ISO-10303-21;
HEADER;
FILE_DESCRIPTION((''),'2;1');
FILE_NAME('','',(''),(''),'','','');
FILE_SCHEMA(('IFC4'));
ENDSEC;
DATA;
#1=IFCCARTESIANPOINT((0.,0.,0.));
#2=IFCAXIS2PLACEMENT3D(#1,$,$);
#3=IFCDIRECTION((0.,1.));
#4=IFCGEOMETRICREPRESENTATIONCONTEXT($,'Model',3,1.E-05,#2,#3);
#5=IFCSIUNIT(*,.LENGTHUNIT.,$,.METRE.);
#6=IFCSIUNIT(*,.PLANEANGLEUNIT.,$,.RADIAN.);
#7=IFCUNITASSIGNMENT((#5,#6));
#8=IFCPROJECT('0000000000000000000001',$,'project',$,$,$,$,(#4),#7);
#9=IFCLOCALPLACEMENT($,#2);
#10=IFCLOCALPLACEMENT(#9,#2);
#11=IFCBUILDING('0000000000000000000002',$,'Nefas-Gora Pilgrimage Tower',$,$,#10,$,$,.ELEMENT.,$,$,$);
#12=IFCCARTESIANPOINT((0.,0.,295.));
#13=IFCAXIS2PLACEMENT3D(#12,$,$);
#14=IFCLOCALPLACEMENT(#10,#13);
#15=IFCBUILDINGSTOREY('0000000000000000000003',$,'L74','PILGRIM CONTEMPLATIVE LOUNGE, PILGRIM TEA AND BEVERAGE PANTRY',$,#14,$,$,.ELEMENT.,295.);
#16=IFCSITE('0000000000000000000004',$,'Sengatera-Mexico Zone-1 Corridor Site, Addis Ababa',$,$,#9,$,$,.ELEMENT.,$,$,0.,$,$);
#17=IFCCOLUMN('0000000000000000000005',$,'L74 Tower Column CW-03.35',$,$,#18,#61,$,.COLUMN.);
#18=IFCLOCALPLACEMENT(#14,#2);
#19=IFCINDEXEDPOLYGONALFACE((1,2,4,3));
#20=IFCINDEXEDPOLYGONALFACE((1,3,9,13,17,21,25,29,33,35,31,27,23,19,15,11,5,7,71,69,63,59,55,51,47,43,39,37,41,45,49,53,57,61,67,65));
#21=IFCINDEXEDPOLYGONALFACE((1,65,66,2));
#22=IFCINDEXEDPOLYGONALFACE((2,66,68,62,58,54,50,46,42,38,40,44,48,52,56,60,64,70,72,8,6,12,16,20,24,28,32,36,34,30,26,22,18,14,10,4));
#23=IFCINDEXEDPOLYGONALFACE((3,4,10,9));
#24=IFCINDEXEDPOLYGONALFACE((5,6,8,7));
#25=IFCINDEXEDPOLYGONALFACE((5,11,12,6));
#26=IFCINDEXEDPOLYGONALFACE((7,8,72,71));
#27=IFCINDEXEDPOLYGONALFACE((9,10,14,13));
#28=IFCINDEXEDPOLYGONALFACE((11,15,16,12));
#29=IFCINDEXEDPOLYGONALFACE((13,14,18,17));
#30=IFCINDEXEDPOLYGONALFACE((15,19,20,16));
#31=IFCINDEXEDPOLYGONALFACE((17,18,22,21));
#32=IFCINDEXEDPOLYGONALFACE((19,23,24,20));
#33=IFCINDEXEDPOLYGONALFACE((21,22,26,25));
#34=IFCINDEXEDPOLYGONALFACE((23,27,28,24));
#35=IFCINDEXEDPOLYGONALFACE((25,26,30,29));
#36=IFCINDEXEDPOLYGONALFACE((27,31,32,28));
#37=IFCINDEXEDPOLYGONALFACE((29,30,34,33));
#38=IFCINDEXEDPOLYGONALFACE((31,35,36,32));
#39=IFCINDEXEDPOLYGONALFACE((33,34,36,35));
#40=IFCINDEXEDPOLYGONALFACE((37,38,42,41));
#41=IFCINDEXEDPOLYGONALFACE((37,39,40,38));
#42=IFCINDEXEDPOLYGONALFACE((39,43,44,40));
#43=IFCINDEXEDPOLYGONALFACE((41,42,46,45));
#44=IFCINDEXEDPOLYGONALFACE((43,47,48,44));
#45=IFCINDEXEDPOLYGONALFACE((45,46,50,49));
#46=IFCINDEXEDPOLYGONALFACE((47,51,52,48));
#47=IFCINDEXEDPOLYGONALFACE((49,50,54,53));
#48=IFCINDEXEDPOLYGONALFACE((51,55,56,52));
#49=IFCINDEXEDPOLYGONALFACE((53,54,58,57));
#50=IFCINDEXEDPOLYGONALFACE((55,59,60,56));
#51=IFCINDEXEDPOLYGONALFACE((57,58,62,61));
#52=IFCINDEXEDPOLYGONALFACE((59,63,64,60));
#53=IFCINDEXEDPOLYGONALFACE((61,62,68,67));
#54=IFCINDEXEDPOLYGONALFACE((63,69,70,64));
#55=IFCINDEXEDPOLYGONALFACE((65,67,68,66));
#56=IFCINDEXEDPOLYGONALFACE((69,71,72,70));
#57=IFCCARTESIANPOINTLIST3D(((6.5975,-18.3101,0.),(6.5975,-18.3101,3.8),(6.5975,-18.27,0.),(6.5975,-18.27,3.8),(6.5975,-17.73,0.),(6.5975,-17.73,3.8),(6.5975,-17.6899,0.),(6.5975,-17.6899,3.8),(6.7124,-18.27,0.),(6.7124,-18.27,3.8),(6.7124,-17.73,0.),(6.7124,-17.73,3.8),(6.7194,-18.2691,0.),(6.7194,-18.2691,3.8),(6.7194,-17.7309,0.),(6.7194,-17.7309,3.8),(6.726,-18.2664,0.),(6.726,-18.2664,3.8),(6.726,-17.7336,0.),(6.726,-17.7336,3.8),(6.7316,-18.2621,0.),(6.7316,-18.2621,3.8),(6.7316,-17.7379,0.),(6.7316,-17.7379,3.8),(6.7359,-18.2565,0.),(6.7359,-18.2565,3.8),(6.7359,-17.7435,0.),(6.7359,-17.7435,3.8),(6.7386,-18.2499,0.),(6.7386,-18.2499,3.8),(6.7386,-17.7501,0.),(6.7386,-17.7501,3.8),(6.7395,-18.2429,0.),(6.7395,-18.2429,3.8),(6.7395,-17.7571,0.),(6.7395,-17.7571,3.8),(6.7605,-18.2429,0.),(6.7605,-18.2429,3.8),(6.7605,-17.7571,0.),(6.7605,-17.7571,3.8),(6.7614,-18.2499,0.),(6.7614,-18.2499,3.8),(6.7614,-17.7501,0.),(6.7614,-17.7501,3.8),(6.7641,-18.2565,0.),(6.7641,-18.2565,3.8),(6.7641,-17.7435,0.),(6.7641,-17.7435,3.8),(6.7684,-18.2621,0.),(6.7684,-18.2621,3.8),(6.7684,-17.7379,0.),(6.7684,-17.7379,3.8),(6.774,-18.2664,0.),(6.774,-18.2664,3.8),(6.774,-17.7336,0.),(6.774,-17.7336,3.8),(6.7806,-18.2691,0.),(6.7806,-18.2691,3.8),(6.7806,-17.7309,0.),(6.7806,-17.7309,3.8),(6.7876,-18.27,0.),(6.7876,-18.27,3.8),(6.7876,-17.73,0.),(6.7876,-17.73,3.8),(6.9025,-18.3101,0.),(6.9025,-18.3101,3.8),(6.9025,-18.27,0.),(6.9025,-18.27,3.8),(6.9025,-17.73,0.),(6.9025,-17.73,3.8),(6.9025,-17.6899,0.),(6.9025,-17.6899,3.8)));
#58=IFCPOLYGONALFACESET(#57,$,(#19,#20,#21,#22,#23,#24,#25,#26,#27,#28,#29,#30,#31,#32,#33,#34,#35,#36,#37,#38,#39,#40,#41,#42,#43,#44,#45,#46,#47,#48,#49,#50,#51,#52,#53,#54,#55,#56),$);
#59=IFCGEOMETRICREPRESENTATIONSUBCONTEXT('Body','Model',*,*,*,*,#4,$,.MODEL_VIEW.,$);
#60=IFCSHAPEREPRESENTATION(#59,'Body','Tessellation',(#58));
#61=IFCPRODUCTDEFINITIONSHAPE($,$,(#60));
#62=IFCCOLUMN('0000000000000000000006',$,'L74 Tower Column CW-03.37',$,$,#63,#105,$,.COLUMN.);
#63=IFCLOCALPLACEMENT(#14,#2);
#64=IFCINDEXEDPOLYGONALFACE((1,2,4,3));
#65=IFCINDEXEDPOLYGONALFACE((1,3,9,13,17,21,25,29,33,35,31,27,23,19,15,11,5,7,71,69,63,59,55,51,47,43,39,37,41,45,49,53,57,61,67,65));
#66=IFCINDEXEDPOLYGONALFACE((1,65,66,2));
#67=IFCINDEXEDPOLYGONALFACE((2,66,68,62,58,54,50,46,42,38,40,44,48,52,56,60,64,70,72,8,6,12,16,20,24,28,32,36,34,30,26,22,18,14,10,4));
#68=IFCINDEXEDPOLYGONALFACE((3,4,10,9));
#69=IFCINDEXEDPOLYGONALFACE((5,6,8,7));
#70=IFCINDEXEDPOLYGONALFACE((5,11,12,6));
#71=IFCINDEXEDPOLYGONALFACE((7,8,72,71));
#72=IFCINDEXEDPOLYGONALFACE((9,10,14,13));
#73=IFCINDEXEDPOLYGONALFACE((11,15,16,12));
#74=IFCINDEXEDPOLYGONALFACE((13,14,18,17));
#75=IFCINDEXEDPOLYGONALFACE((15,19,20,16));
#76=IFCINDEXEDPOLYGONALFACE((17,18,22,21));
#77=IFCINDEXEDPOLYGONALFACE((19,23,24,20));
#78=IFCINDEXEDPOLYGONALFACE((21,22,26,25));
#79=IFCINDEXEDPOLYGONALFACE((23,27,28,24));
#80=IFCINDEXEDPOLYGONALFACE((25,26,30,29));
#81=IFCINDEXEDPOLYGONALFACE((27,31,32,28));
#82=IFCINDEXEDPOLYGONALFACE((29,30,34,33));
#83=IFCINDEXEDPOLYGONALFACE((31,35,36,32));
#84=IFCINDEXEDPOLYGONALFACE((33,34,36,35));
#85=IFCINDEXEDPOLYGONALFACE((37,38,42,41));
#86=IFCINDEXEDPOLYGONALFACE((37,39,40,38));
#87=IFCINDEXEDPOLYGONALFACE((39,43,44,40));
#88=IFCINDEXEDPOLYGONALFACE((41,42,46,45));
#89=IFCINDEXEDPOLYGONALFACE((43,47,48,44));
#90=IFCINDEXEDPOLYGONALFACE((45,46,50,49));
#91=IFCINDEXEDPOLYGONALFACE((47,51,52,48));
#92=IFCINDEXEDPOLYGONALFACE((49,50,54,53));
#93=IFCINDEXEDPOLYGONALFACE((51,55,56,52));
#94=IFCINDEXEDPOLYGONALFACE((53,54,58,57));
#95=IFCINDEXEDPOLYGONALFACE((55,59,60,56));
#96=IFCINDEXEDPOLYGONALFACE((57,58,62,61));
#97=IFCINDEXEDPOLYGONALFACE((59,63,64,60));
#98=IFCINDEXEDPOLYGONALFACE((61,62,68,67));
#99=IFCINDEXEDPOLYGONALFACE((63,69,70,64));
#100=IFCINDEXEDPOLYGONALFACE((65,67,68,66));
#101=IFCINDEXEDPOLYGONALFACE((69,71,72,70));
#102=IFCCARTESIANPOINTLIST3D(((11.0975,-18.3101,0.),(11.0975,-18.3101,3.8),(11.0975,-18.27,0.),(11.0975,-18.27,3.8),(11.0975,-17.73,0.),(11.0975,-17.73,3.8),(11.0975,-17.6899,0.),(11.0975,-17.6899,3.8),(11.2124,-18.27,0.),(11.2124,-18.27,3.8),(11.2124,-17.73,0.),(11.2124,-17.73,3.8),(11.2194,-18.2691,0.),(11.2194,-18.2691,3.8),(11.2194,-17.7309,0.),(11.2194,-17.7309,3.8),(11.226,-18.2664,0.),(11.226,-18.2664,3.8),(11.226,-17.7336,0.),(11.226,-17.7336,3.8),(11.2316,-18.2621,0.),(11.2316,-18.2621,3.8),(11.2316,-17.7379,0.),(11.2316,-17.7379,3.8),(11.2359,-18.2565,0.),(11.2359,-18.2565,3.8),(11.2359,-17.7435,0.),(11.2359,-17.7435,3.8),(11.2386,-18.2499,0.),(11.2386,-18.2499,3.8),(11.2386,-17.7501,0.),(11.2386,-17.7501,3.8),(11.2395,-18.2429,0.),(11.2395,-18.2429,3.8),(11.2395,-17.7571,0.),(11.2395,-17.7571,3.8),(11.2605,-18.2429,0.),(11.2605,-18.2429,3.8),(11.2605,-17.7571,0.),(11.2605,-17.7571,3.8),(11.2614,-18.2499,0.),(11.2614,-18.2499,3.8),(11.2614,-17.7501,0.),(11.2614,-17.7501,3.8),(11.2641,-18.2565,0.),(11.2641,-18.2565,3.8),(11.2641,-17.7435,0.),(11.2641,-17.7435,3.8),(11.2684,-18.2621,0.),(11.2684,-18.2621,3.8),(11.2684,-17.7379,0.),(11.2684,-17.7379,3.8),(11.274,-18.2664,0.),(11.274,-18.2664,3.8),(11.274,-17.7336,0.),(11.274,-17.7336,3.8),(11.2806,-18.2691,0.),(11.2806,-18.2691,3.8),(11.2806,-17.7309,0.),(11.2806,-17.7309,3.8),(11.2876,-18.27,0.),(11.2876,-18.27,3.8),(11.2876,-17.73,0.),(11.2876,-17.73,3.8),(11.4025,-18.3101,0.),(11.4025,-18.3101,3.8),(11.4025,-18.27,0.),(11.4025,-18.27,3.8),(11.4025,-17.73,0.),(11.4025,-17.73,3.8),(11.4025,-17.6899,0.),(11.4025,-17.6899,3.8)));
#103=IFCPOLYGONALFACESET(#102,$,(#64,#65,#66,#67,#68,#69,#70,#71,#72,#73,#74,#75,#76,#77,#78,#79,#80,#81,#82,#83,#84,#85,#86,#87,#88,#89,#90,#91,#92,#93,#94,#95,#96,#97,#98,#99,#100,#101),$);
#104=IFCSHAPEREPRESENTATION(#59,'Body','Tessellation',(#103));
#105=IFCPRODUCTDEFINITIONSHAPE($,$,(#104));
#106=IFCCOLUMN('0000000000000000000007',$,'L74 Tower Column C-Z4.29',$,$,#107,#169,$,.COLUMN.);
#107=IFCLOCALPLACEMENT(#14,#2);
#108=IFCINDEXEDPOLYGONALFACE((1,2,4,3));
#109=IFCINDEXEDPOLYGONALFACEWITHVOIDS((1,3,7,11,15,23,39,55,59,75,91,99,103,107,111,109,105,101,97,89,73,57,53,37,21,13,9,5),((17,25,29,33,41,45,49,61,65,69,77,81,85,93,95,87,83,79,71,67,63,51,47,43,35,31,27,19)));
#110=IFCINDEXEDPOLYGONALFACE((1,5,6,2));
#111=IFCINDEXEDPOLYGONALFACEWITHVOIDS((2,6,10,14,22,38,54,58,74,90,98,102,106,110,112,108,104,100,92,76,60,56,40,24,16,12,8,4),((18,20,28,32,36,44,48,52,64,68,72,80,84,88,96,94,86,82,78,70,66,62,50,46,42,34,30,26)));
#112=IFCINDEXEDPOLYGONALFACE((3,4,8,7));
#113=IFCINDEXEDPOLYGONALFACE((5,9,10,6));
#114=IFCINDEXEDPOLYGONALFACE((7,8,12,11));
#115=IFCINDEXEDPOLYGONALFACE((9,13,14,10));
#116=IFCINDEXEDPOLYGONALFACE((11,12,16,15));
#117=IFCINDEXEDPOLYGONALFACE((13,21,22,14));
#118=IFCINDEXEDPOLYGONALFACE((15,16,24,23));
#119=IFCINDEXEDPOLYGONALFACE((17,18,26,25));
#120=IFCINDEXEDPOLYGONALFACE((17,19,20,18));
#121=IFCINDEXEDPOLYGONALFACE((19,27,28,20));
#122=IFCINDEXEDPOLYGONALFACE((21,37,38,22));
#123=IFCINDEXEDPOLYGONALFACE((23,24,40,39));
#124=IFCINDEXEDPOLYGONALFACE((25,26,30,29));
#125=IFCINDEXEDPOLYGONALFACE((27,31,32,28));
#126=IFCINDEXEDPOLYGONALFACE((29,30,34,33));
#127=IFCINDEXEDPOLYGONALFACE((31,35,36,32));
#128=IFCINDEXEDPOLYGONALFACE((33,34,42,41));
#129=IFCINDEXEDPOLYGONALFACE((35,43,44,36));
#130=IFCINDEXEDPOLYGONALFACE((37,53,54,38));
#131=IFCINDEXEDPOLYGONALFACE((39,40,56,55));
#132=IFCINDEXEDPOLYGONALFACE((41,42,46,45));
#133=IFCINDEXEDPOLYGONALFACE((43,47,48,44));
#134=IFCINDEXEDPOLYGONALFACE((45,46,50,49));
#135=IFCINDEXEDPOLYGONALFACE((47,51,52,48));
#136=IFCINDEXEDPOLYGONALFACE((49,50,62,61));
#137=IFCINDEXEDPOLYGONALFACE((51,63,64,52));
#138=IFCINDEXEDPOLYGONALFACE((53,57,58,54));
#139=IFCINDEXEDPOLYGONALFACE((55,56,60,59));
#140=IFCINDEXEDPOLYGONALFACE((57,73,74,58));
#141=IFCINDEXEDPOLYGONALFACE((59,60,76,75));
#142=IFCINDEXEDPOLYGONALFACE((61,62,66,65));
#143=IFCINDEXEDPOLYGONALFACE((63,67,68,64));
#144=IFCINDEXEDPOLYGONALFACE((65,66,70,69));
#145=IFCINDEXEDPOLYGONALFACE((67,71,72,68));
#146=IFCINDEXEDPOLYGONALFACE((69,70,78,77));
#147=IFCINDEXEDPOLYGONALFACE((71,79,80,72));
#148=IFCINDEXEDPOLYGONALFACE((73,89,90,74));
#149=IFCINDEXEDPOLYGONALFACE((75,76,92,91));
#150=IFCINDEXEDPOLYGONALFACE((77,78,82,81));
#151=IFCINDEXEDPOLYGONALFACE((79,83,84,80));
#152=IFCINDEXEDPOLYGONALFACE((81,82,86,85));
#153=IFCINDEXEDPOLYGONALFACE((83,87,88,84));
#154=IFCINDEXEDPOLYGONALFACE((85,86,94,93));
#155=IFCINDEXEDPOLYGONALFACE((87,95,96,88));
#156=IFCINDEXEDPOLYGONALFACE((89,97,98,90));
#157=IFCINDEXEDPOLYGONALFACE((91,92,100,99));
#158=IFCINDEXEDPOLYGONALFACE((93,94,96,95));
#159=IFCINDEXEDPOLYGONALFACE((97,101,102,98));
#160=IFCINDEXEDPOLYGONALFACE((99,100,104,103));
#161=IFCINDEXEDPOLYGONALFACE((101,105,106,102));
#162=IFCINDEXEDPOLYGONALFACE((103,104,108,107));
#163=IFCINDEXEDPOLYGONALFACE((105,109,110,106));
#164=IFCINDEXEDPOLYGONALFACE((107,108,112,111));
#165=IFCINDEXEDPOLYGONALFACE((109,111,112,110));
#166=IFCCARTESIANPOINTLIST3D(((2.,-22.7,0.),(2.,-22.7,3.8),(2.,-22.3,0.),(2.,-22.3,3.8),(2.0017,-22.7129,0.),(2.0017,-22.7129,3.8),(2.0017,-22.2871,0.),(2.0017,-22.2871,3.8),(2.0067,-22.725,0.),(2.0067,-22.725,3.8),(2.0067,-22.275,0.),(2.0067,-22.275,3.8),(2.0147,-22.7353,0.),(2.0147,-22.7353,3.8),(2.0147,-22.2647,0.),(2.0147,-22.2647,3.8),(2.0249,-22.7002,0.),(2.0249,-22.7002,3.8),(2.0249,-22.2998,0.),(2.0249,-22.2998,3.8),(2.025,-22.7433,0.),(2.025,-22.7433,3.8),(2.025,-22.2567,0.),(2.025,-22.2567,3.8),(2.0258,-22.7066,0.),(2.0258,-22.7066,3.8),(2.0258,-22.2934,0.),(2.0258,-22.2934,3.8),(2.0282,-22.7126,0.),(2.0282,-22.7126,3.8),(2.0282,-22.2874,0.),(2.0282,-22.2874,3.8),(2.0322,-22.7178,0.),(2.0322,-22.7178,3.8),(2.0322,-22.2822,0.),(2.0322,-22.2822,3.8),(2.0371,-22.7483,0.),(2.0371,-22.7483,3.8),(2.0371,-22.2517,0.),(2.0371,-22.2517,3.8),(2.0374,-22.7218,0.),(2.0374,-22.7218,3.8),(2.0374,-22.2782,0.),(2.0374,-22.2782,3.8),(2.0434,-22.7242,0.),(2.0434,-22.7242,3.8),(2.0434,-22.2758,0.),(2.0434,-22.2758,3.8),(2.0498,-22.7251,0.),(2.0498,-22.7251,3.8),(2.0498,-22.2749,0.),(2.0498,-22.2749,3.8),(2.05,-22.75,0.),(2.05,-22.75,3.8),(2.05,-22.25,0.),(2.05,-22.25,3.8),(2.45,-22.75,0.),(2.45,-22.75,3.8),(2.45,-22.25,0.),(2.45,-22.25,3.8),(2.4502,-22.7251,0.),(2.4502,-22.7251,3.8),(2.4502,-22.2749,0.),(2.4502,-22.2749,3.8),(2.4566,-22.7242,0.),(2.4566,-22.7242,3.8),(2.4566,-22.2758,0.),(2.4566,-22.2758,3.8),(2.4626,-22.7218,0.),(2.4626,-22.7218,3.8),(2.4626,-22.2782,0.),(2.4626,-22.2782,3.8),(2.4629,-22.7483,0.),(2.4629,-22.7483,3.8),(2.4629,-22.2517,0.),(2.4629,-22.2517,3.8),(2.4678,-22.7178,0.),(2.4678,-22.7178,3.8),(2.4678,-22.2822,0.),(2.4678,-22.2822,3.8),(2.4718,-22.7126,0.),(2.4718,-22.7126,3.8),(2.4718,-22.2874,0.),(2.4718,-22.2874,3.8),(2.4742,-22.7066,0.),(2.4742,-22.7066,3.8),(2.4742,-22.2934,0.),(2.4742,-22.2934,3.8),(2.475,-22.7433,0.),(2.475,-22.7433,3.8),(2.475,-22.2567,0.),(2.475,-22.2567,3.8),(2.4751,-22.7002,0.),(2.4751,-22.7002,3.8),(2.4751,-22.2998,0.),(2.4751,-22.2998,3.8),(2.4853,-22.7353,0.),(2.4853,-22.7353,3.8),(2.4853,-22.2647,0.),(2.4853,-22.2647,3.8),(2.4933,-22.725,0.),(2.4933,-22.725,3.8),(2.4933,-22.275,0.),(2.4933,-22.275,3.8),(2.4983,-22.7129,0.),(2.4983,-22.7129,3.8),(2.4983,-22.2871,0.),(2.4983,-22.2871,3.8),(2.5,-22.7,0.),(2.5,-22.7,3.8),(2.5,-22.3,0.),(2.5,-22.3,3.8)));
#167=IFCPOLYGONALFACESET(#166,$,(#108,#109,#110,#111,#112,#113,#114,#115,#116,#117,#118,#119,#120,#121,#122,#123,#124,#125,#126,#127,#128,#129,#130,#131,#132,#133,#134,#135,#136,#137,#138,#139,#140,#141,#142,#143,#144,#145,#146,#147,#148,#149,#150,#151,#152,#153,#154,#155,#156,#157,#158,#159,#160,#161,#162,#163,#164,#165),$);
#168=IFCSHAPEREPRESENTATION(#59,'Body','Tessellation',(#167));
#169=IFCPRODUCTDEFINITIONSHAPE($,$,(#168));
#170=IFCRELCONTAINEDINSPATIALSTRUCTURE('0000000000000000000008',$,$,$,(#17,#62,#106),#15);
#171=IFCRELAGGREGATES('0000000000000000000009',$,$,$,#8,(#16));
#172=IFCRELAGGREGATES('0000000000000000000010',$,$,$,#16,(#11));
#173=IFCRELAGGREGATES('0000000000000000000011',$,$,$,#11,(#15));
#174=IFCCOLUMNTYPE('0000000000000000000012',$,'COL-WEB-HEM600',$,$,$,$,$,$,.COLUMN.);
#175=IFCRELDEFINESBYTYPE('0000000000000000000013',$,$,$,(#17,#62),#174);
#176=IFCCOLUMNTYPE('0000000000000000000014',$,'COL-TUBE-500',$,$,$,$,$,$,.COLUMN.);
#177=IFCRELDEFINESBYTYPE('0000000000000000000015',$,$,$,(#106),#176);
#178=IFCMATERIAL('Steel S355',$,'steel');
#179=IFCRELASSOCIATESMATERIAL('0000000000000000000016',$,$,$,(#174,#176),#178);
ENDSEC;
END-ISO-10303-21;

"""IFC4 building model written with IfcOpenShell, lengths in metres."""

from ifc_helpers import new_model, si_unit, direction, frame, origin, origin_2d, place, context, subcontext, project, spatial, hollow_rectangle, i_section, extrude, source, transform, mapped, material, material_profile, profile_set, type_object, element, save


model = new_model("IFC4")

# Units and contexts
model_context = context("Model", 3, precision=1e-05, world=origin(), true_north=direction((0.0, 1.0)))
body_context = subcontext(model_context, "Body", "Model", "MODEL_VIEW")
ifc_project = project(units=[si_unit("LENGTHUNIT", "METRE"), si_unit("PLANEANGLEUNIT", "RADIAN")], contexts=[model_context])

# Site, building, storey
site_placement = place(None, origin())
site = spatial("IfcSite", under=ifc_project, at=site_placement, Name="Sengatera-Mexico Zone-1 Corridor Site, Addis Ababa", CompositionType="ELEMENT", RefElevation=0.0)
building_placement = place(site_placement, origin())
building = spatial("IfcBuilding", under=site, at=building_placement, Name="Nefas-Gora Pilgrimage Tower", CompositionType="ELEMENT")
storey_placement = place(building_placement, frame((0.0, 0.0, 295.0)))
storey = spatial("IfcBuildingStorey", under=building, at=storey_placement, Name="L74", Description="PILGRIM CONTEMPLATIVE LOUNGE, PILGRIM TEA AND BEVERAGE PANTRY", CompositionType="ELEMENT", Elevation=295.0)

# Columns
ifc_material_1 = material(Name="Steel S355", Category="steel")
ifc_material_profile_1 = material_profile(ifc_material_1, i_section(OverallWidth=0.3049, OverallDepth=0.6201, WebThickness=0.021, FlangeThickness=0.04, FilletRadius=0.0271, at=origin_2d()), Name="HEM 600")
ifc_profile_set_1 = profile_set([ifc_material_profile_1], Name="Steel S355")
column_type_1 = type_object("IfcColumnType", Name="COL-WEB-HEM600", PredefinedType="COLUMN", material=ifc_profile_set_1)
shared_shape_1 = source(origin(), body_context, "Body", "SweptSolid", [
    extrude(i_section(OverallWidth=0.3049, OverallDepth=0.6201, WebThickness=0.021, FlangeThickness=0.04, FilletRadius=0.0271, at=origin_2d()), origin(), (0.0, 0.0, 1.0), 3.8),
])
for number, where, z_axis, x_axis, name in (
    (1, (6.75, -18.0, 0.0), (0.0, 0.0, 1.0), (1.0, 0.0, 0.0), "L74 Tower Column CW-03.35"),
    (2, (11.25, -18.0, 0.0), (0.0, 0.0, 1.0), (1.0, 0.0, 0.0), "L74 Tower Column CW-03.37"),
):
    element("IfcColumn", number, at=place(storey_placement, frame(where, z_axis=z_axis, x_axis=x_axis)), inside=storey, type_object=column_type_1, Name=name, PredefinedType="COLUMN", context=body_context, shape_type="MappedRepresentation", body=[
        mapped(shared_shape_1, transform((0.0, 0.0, 0.0), x_axis=(1.0, 0.0, 0.0), y_axis=(0.0, 1.0, 0.0), z_axis=(0.0, 0.0, 1.0), scale=1.0)),
    ])
ifc_material_profile_2 = material_profile(ifc_material_1, hollow_rectangle(XDim=0.5, YDim=0.5, WallThickness=0.0249, InnerFilletRadius=0.0249, OuterFilletRadius=0.05, at=origin_2d()), Name="SHS 500x500x25")
ifc_profile_set_2 = profile_set([ifc_material_profile_2], Name="Steel S355")
column_type_2 = type_object("IfcColumnType", Name="COL-TUBE-500", PredefinedType="COLUMN", material=ifc_profile_set_2)
shared_shape_2 = source(origin(), body_context, "Body", "SweptSolid", [
    extrude(hollow_rectangle(XDim=0.5, YDim=0.5, WallThickness=0.0249, InnerFilletRadius=0.0249, OuterFilletRadius=0.05, at=origin_2d()), origin(), (0.0, 0.0, 1.0), 3.8),
])
column_1_placement = place(storey_placement, frame((2.25, -22.5, 0.0), z_axis=(0.0, 0.0, 1.0), x_axis=(1.0, 0.0, 0.0)))
element("IfcColumn", 3, at=column_1_placement, inside=storey, type_object=column_type_2, Name="L74 Tower Column C-Z4.29", PredefinedType="COLUMN", context=body_context, shape_type="MappedRepresentation", body=[
    mapped(shared_shape_2, transform((0.0, 0.0, 0.0), x_axis=(1.0, 0.0, 0.0), y_axis=(0.0, 1.0, 0.0), z_axis=(0.0, 0.0, 1.0), scale=1.0)),
])

save(model, "model.ifc")
